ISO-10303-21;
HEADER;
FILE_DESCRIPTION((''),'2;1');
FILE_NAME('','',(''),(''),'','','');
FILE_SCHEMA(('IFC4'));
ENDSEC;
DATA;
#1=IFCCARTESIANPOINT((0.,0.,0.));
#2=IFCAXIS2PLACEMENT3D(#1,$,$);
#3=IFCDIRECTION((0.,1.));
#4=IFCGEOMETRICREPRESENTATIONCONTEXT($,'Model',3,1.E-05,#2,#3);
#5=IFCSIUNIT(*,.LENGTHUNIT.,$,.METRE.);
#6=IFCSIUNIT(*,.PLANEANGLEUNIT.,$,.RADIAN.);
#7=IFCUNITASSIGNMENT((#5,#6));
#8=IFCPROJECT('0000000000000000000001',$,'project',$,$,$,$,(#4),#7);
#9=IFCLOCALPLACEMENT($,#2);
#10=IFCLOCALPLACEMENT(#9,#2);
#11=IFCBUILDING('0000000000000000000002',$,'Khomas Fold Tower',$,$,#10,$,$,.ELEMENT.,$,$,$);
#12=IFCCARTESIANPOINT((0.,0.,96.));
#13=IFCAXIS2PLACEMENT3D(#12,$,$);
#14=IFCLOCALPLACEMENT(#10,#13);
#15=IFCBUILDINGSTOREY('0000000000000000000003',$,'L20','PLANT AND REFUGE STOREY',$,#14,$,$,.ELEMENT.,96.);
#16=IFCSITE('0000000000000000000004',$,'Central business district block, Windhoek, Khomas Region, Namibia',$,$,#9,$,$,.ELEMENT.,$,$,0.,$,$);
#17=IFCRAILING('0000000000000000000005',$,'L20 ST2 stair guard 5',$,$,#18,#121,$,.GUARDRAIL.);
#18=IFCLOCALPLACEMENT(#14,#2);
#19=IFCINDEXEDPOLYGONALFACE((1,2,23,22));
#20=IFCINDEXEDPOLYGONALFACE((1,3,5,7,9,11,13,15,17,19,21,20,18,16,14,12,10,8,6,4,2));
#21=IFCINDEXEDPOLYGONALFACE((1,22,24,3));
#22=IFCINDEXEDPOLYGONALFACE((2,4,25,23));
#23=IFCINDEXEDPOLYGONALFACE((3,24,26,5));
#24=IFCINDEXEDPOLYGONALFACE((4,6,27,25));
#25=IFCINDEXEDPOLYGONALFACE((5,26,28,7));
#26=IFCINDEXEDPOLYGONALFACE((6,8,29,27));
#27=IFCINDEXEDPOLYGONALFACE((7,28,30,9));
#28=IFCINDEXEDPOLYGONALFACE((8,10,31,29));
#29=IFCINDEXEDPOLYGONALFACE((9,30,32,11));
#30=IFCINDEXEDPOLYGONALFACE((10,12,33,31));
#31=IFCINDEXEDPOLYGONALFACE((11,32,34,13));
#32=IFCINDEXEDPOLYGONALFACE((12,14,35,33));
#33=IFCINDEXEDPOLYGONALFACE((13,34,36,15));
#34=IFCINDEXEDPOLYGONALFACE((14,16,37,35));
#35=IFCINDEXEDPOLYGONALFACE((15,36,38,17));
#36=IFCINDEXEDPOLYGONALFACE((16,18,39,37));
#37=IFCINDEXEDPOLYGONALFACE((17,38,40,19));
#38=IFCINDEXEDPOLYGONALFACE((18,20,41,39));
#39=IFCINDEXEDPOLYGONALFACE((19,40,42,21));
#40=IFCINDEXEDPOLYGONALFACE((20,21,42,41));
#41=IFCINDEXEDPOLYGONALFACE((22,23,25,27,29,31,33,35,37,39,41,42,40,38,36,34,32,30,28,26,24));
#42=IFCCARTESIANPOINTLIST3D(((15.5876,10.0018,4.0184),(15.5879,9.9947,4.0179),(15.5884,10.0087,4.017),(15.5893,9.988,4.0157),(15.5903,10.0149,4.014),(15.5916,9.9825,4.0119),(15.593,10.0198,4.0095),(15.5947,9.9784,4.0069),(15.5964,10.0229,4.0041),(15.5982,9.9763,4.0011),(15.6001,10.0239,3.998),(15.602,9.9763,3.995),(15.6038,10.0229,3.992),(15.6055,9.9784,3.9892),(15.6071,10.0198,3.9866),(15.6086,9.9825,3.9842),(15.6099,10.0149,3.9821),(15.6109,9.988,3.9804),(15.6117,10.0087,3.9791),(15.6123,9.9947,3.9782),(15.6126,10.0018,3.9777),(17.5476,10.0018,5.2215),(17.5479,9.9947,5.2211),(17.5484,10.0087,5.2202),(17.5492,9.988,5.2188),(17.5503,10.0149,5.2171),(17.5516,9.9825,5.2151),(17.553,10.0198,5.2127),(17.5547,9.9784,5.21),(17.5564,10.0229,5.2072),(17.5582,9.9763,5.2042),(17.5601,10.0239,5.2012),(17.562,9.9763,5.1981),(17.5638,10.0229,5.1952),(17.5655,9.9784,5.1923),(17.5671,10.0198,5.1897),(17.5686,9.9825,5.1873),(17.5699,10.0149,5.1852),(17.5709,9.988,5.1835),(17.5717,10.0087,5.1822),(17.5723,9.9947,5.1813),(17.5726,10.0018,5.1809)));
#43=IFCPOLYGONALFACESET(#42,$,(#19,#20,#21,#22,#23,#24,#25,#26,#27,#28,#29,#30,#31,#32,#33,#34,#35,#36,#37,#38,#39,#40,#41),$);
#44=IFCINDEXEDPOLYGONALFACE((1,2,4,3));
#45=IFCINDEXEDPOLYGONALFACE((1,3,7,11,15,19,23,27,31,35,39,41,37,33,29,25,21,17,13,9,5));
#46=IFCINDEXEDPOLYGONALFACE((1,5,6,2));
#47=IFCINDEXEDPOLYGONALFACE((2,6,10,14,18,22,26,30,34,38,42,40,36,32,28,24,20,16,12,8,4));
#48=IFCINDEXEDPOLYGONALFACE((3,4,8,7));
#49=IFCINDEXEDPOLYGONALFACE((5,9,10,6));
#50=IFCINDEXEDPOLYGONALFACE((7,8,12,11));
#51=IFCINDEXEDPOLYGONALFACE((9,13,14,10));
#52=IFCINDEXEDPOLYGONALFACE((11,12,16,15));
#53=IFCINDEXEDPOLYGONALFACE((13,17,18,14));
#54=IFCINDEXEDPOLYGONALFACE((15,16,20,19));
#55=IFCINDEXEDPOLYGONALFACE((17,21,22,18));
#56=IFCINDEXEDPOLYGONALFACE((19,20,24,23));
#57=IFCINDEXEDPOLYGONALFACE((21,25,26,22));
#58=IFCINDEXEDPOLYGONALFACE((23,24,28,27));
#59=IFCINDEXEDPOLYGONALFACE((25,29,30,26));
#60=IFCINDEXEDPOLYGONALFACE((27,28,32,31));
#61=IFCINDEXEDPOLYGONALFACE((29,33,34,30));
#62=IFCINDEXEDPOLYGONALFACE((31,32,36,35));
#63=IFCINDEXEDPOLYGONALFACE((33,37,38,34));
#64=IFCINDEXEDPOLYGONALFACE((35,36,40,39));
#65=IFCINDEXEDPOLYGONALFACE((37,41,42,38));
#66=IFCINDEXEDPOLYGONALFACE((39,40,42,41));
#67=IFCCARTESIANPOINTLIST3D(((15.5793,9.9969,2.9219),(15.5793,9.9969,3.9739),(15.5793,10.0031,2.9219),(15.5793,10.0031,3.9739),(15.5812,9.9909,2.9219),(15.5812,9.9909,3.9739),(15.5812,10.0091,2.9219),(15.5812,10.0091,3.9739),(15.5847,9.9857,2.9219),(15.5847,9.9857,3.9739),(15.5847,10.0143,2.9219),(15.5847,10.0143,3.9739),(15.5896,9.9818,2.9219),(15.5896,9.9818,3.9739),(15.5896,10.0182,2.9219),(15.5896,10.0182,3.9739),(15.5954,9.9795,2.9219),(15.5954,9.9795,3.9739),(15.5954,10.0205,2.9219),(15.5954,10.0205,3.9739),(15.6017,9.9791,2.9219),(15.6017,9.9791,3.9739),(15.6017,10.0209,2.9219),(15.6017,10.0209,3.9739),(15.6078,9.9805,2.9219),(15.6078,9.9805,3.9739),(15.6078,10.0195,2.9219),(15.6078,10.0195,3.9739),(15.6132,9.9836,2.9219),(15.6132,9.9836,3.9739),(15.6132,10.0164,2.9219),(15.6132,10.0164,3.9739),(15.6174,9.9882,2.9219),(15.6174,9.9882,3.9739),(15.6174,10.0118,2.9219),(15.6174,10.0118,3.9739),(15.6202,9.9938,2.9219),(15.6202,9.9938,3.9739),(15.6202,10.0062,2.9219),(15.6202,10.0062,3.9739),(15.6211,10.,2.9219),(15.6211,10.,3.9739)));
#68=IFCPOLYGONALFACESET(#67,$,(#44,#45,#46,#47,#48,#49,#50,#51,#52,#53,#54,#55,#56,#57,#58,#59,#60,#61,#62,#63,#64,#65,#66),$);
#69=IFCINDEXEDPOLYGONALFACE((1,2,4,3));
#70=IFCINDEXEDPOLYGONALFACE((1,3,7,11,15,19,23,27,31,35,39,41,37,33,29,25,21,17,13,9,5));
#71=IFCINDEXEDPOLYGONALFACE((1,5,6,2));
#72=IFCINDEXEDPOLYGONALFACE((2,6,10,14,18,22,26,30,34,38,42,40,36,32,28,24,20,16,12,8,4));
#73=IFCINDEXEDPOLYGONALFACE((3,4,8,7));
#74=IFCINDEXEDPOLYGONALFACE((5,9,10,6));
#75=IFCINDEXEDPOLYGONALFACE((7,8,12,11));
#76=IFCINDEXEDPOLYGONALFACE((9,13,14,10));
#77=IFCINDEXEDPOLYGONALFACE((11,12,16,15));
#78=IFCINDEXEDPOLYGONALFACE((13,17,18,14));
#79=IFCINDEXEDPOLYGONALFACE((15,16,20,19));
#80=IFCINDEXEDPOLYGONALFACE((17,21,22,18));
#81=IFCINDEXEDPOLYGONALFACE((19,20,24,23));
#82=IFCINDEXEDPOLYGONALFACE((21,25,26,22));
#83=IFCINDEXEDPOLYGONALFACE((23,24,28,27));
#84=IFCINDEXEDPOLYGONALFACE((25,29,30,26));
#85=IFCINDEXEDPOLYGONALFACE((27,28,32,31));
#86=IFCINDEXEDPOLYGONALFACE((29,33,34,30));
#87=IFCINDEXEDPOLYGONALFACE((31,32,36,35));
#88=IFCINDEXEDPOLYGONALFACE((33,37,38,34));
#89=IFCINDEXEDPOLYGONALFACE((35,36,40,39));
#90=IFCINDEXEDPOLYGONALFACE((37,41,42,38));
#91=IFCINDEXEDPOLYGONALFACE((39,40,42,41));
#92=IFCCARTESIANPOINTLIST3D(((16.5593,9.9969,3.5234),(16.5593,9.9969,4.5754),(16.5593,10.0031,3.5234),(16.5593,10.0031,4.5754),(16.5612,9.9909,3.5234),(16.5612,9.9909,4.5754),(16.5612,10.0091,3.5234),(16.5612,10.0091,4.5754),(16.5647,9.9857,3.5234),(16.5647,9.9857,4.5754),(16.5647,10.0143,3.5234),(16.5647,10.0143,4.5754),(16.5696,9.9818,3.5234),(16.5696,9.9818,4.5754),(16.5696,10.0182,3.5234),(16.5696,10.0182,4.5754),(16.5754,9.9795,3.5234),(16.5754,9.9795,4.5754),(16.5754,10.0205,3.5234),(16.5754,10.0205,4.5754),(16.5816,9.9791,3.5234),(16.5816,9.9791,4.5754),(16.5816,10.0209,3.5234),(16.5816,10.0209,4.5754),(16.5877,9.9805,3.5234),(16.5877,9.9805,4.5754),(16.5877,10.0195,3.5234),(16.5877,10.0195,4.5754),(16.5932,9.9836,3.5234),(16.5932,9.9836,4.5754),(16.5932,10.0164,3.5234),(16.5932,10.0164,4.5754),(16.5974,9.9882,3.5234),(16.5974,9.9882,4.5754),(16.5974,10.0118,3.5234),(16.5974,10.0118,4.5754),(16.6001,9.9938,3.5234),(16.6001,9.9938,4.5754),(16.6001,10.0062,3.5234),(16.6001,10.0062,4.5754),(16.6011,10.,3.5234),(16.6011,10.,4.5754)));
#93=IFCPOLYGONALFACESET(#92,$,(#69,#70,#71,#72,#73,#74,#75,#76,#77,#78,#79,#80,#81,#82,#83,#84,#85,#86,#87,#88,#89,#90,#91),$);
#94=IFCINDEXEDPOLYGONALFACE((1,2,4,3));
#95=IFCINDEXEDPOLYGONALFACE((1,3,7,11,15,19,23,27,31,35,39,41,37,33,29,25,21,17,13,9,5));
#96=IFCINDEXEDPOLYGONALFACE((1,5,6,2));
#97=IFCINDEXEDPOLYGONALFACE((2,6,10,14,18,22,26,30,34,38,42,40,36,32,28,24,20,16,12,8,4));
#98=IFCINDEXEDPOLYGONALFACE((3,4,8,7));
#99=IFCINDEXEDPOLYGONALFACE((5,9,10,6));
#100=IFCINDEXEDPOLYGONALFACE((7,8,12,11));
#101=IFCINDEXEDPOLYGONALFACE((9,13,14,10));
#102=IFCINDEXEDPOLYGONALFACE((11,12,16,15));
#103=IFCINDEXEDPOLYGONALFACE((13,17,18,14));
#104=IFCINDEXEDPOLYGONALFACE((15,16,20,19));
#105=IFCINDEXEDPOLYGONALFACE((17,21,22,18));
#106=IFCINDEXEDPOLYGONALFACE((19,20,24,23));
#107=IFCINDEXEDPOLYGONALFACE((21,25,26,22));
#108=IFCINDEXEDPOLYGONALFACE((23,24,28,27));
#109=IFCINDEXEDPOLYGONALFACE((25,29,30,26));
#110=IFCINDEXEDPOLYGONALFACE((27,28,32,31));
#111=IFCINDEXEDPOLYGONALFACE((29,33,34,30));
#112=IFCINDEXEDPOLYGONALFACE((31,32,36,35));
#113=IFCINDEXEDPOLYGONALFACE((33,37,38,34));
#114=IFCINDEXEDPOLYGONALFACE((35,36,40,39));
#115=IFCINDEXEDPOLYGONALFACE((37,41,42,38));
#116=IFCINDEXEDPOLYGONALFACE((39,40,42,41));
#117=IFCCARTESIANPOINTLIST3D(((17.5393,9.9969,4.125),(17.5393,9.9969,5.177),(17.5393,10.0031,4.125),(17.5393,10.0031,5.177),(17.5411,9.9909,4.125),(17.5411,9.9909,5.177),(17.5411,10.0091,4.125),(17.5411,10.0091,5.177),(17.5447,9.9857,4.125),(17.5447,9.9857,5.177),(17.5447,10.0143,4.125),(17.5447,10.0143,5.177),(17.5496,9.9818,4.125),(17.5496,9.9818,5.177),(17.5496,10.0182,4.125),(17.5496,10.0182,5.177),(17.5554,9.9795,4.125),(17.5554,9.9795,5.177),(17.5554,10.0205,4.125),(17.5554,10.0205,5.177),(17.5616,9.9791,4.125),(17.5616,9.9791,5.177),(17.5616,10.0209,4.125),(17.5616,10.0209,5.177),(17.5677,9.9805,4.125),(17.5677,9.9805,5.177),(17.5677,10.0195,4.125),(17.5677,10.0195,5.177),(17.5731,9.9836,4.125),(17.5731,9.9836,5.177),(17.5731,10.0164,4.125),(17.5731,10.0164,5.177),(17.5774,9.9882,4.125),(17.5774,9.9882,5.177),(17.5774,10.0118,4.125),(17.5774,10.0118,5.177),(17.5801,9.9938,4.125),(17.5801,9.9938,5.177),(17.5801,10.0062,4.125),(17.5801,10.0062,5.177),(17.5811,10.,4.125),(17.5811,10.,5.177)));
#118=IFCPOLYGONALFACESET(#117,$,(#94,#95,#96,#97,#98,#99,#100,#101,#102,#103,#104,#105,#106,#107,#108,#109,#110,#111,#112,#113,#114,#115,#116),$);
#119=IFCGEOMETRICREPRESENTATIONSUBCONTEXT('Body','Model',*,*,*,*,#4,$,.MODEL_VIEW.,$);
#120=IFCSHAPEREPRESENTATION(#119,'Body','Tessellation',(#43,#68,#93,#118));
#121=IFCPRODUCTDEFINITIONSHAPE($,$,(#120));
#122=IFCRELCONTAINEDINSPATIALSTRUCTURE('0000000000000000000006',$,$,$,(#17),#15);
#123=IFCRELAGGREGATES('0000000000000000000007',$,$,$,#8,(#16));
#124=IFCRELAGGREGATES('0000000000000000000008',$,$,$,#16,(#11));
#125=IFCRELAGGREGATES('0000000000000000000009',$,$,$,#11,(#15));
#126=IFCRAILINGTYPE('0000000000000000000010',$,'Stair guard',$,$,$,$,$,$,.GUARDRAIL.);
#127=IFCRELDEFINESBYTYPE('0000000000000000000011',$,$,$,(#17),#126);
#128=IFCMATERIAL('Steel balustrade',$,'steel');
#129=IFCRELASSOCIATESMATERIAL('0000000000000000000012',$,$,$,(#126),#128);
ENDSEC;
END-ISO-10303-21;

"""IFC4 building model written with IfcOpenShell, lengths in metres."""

from ifc_helpers import new_model, si_unit, direction, frame, origin, origin_2d, place, context, subcontext, project, spatial, circle, extrude, source, transform, mapped, material, type_object, element, save


model = new_model("IFC4")

# Units and contexts
model_context = context("Model", 3, precision=1e-05, world=origin(), true_north=direction((0.0, 1.0)))
body_context = subcontext(model_context, "Body", "Model", "MODEL_VIEW")
ifc_project = project(units=[si_unit("LENGTHUNIT", "METRE"), si_unit("PLANEANGLEUNIT", "RADIAN")], contexts=[model_context])

# Site, building, storey
site_placement = place(None, origin())
site = spatial("IfcSite", under=ifc_project, at=site_placement, Name="Central business district block, Windhoek, Khomas Region, Namibia", CompositionType="ELEMENT", RefElevation=0.0)
building_placement = place(site_placement, origin())
building = spatial("IfcBuilding", under=site, at=building_placement, Name="Khomas Fold Tower", CompositionType="ELEMENT")
storey_placement = place(building_placement, frame((0.0, 0.0, 96.0)))
storey = spatial("IfcBuildingStorey", under=building, at=storey_placement, Name="L20", Description="PLANT AND REFUGE STOREY", CompositionType="ELEMENT", Elevation=96.0)

# Railing
ifc_material_1 = material(Name="Steel balustrade", Category="steel")
railing_type_1 = type_object("IfcRailingType", Name="Stair guard", PredefinedType="GUARDRAIL", material=ifc_material_1)
shared_shape_1 = source(origin(), body_context, "Body", "SweptSolid", [
    extrude(circle(Radius=0.0239, at=origin_2d()), frame((0.0, 0.0, 1.0762), z_axis=(0.852241, 0.0, 0.523149), x_axis=(0.0, 1.0, 0.0)), (0.0, 0.0, 1.0), 2.2998),
    extrude(circle(Radius=0.021, at=origin_2d()), origin(), (0.0, 0.0, 1.0), 1.052),
    extrude(circle(Radius=0.021, at=origin_2d()), frame((0.98, 0.0, 0.6016)), (0.0, 0.0, 1.0), 1.052),
    extrude(circle(Radius=0.021, at=origin_2d()), frame((1.96, 0.0, 1.2031)), (0.0, 0.0, 1.0), 1.052),
])
for number, where, name in (
    (1, (15.6001, 10.0, 2.9219), "L20 ST2 stair guard 5"),
):
    element("IfcRailing", number, at=place(storey_placement, frame(where)), inside=storey, type_object=railing_type_1, Name=name, PredefinedType="GUARDRAIL", context=body_context, shape_type="MappedRepresentation", body=[
        mapped(shared_shape_1, transform((0.0, 0.0, 0.0))),
    ])

save(model, "model.ifc")
